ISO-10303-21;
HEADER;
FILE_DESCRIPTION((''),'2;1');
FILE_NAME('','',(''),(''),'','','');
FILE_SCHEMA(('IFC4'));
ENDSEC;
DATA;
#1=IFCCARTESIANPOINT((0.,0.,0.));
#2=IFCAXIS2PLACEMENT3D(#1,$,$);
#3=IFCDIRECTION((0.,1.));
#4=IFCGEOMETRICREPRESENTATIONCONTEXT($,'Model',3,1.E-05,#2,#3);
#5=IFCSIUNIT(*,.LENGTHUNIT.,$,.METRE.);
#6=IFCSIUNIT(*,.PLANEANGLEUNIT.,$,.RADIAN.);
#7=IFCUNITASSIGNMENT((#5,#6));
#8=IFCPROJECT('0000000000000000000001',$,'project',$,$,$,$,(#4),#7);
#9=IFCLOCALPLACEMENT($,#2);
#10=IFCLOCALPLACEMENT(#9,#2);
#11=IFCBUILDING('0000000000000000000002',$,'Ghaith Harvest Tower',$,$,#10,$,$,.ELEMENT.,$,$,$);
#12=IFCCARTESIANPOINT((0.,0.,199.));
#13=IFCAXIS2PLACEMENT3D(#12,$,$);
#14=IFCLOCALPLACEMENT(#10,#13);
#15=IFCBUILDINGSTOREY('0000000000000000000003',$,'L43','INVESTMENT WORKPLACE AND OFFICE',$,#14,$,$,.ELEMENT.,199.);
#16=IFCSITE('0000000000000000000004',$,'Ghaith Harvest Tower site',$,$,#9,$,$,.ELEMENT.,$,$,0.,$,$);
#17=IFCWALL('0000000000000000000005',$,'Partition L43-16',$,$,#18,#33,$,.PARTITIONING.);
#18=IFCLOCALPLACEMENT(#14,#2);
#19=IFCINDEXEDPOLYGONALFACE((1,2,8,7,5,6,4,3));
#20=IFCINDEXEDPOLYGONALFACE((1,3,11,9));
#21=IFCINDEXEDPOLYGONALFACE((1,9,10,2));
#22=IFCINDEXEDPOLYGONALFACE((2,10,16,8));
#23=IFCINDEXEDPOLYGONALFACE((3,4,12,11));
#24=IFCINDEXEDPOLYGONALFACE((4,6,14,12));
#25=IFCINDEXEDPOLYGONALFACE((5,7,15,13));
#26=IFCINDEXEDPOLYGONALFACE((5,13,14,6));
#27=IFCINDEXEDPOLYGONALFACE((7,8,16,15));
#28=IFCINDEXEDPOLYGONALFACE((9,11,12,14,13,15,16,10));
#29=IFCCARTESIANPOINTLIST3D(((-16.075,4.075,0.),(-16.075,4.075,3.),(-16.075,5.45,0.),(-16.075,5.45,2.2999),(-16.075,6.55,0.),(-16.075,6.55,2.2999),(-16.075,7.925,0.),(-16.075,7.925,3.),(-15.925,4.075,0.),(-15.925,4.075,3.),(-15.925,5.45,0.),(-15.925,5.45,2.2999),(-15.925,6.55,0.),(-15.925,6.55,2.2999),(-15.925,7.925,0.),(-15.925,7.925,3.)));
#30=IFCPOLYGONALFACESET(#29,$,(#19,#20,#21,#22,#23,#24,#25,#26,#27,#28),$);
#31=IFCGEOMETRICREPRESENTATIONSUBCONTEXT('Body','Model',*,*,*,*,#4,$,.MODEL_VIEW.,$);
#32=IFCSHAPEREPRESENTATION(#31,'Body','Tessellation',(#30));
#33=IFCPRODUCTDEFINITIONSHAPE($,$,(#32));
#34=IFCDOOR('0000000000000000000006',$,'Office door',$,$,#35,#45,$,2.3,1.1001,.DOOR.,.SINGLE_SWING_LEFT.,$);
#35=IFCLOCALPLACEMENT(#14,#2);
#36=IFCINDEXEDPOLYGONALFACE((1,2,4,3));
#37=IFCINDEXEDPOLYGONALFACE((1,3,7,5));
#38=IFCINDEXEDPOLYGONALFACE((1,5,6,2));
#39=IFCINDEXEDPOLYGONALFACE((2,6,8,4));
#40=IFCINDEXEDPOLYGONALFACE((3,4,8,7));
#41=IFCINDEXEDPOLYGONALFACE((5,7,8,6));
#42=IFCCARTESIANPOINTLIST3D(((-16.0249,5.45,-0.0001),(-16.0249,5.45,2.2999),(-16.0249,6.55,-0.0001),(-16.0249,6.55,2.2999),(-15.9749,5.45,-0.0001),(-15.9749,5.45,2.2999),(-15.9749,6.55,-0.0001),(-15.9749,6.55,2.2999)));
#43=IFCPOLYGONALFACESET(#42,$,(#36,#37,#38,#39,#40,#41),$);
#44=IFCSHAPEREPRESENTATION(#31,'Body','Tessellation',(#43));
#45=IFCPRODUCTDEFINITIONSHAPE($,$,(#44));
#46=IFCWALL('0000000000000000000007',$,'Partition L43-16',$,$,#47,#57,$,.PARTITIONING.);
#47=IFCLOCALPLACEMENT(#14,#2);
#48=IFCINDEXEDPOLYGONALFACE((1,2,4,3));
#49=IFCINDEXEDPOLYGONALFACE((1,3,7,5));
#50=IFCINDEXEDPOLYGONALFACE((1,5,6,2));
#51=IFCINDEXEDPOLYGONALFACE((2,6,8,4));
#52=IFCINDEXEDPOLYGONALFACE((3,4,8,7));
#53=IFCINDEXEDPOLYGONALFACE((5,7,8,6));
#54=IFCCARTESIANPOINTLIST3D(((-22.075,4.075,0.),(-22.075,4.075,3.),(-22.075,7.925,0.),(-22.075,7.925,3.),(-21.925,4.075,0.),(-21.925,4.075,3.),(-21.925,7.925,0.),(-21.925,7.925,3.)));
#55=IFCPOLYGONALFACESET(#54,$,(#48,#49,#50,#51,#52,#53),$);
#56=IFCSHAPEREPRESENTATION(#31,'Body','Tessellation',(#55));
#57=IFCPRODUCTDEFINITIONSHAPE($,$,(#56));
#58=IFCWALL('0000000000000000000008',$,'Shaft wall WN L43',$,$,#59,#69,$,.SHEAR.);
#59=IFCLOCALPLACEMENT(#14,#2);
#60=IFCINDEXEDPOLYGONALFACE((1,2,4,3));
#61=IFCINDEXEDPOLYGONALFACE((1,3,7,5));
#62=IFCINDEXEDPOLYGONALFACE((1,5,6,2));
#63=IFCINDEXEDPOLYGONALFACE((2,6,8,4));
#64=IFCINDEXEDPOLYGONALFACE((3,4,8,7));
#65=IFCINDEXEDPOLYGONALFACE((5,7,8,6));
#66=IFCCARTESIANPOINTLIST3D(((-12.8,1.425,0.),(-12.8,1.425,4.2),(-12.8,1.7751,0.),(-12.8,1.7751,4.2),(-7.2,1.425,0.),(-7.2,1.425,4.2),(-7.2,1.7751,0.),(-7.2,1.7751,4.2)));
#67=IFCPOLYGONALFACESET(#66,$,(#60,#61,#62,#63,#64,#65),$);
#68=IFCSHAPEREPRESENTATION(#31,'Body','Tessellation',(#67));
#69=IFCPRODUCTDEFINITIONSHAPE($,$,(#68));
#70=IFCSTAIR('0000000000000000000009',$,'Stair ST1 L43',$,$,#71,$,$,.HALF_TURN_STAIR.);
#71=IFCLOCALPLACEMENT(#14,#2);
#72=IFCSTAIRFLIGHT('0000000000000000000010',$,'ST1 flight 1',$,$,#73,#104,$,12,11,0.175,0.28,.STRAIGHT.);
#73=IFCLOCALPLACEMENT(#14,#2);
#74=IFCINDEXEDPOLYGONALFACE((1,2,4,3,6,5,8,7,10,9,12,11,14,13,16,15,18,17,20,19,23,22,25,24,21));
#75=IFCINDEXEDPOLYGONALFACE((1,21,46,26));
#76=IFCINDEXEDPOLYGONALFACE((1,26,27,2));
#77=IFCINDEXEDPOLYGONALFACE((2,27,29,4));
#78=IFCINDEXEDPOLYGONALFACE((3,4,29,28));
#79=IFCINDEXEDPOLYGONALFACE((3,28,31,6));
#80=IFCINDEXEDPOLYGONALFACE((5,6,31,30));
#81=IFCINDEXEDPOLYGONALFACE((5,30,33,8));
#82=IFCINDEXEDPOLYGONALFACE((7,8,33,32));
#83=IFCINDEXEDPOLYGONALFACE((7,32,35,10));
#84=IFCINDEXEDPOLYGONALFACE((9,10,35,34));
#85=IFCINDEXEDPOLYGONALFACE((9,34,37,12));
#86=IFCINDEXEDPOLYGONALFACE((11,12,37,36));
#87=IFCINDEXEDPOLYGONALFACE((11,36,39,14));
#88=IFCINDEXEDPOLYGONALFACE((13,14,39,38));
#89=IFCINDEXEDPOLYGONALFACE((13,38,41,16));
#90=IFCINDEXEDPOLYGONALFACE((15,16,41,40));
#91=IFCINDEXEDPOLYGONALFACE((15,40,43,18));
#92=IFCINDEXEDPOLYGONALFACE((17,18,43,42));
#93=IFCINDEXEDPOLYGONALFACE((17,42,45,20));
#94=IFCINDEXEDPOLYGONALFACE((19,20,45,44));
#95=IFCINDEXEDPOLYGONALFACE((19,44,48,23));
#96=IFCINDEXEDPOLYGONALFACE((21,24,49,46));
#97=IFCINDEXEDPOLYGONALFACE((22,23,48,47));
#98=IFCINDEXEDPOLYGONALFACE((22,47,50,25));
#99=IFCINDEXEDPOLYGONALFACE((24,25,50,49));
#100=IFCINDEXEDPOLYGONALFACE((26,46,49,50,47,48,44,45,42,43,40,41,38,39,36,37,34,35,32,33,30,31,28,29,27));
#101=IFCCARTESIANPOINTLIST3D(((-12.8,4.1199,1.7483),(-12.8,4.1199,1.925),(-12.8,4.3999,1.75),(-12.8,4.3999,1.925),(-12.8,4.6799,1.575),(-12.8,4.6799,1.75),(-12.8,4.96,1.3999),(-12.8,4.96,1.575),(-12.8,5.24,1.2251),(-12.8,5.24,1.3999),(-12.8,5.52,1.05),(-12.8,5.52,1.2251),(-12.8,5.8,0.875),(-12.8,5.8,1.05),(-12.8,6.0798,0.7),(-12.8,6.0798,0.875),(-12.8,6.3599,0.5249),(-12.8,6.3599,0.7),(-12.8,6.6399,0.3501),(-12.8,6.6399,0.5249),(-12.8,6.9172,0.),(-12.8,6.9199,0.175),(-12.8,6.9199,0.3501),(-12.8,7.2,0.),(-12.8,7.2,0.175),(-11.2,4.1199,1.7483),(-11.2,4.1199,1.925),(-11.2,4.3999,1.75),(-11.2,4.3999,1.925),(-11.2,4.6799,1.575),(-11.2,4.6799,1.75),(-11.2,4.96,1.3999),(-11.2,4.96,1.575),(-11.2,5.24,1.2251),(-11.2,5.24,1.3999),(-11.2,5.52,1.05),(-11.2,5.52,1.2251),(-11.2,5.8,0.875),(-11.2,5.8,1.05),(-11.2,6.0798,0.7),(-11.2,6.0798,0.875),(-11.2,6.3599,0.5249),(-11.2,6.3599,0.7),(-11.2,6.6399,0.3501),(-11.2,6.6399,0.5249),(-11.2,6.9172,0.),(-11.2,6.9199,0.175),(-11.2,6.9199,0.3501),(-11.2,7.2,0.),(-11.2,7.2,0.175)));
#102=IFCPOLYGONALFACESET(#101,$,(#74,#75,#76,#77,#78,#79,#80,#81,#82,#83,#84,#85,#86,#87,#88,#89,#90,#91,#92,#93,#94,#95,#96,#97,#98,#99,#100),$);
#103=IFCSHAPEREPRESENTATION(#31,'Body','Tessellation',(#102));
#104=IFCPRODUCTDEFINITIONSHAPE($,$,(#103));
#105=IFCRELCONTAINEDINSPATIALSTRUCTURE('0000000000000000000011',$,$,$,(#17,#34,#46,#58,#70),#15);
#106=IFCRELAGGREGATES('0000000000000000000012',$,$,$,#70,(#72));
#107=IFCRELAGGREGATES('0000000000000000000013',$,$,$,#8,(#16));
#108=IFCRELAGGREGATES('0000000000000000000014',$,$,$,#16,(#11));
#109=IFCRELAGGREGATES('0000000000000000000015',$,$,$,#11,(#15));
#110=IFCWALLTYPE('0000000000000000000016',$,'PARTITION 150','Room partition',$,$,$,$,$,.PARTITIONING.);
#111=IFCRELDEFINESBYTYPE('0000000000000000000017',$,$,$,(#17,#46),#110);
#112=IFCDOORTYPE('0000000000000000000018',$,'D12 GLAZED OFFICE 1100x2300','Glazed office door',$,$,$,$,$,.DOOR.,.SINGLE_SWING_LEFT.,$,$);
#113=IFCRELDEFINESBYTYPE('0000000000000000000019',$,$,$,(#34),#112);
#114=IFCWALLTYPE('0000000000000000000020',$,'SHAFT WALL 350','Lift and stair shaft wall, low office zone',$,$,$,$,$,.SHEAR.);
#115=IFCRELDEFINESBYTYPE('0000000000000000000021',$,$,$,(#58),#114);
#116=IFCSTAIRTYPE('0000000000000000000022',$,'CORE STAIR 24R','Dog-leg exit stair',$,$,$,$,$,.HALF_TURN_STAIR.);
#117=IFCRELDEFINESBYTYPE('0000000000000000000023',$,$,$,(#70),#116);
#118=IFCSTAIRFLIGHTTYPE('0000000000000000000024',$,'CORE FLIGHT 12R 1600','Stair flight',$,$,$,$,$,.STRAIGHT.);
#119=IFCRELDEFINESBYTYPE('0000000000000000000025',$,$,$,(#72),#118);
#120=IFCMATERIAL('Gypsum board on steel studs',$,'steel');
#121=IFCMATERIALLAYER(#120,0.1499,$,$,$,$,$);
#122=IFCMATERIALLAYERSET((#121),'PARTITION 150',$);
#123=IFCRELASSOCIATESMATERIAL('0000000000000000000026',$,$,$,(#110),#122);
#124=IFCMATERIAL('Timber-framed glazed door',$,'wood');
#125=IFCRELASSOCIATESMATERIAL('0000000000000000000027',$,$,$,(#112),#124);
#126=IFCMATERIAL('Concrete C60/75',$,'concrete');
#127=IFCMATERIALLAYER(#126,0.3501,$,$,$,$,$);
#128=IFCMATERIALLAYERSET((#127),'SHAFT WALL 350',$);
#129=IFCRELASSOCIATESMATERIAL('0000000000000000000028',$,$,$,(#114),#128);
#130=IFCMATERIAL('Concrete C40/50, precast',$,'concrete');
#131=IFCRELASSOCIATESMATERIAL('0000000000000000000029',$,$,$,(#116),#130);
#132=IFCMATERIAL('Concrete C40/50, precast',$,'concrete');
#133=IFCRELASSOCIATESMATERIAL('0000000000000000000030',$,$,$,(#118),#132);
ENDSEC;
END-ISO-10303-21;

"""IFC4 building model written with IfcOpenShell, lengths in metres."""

from ifc_helpers import new_model, si_unit, direction, frame, frame_2d, origin, place, context, subcontext, project, spatial, polyline, rectangle, outline, extrude, material, layer, layer_set, type_object, element, fill, aggregate, save


model = new_model("IFC4")

# Units and contexts
model_context = context("Model", 3, precision=1e-05, world=origin(), true_north=direction((0.0, 1.0)))
body_context = subcontext(model_context, "Body", "Model", "MODEL_VIEW")
ifc_project = project(units=[si_unit("LENGTHUNIT", "METRE"), si_unit("PLANEANGLEUNIT", "RADIAN")], contexts=[model_context])

# Site, building, storey
site_placement = place(None, origin())
site = spatial("IfcSite", under=ifc_project, at=site_placement, Name="Ghaith Harvest Tower site", CompositionType="ELEMENT", RefElevation=0.0)
building_placement = place(site_placement, origin())
building = spatial("IfcBuilding", under=site, at=building_placement, Name="Ghaith Harvest Tower", CompositionType="ELEMENT")
storey_placement = place(building_placement, frame((0.0, 0.0, 199.0)))
storey = spatial("IfcBuildingStorey", under=building, at=storey_placement, Name="L43", Description="INVESTMENT WORKPLACE AND OFFICE", CompositionType="ELEMENT", Elevation=199.0)

# Shared definitions
ifc_material_1 = material(Name="Gypsum board on steel studs", Category="steel")
ifc_layer_1 = layer(ifc_material_1, 0.1499)
ifc_layer_set_1 = layer_set([ifc_layer_1], Name="PARTITION 150")
wall_type_1 = type_object("IfcWallType", Name="PARTITION 150", Description="Room partition", PredefinedType="PARTITIONING", material=ifc_layer_set_1)

# Shared definitions
ifc_material_2 = material(Name="Timber-framed glazed door", Category="wood")
door_type = type_object("IfcDoorType", Name="D12 GLAZED OFFICE 1100x2300", Description="Glazed office door", OperationType="SINGLE_SWING_LEFT", PredefinedType="DOOR", material=ifc_material_2)

# Wall, opening, door
wall_1_placement = place(storey_placement, frame((-16.0, 4.075, 0.0), z_axis=(0.0, 0.0, 1.0), x_axis=(0.0, 1.0, 0.0)))
wall_1 = element("IfcWall", 1, at=wall_1_placement, inside=storey, type_object=wall_type_1, Name="Partition L43-16", PredefinedType="PARTITIONING", context=body_context, shape_type="SweptSolid", body=[
    extrude(rectangle(XDim=3.8501, YDim=0.1499, at=frame_2d((1.925, 0.0))), origin(), (0.0, 0.0, 1.0), 3.0),
])
opening_1_placement = place(wall_1_placement, frame((1.375, 0.0, 0.0)))
opening_1 = element("IfcOpeningElement", 2, at=opening_1_placement, cuts=wall_1, PredefinedType="OPENING", context=body_context, shape_type="SweptSolid", body=[
    extrude(rectangle(XDim=1.1001, YDim=2.3, at=frame_2d((0.55, 1.1499))), frame((0.0, 0.085, 0.0), z_axis=(0.0, -1.0, 0.0), x_axis=(1.0, 0.0, 0.0)), (0.0, 0.0, 1.0), 0.1699),
])
door_1_placement = place(opening_1_placement, origin())
door_1 = element("IfcDoor", 3, at=door_1_placement, inside=storey, type_object=door_type, Name="Office door", OperationType="SINGLE_SWING_LEFT", OverallHeight=2.3, OverallWidth=1.1001, PredefinedType="DOOR", context=body_context, shape_type="SweptSolid", body=[
    extrude(rectangle(XDim=1.1001, YDim=2.3, at=frame_2d((0.55, 1.1499))), frame((0.0, 0.0249, 0.0), z_axis=(0.0, -1.0, 0.0), x_axis=(1.0, 0.0, 0.0)), (0.0, 0.0, 1.0), 0.05),
])
fill(opening_1, door_1)

# Walls
wall_2_placement = place(storey_placement, frame((-22.0, 4.075, 0.0), z_axis=(0.0, 0.0, 1.0), x_axis=(0.0, 1.0, 0.0)))
element("IfcWall", 4, at=wall_2_placement, inside=storey, type_object=wall_type_1, Name="Partition L43-16", PredefinedType="PARTITIONING", context=body_context, shape_type="SweptSolid", body=[
    extrude(rectangle(XDim=3.8501, YDim=0.1499, at=frame_2d((1.925, 0.0))), origin(), (0.0, 0.0, 1.0), 3.0),
])
ifc_material_3 = material(Name="Concrete C60/75", Category="concrete")
ifc_layer_2 = layer(ifc_material_3, 0.3501)
ifc_layer_set_2 = layer_set([ifc_layer_2], Name="SHAFT WALL 350")
wall_type_2 = type_object("IfcWallType", Name="SHAFT WALL 350", Description="Lift and stair shaft wall, low office zone", PredefinedType="SHEAR", material=ifc_layer_set_2)
wall_3_placement = place(storey_placement, frame((-12.8, 1.6001, 0.0), z_axis=(0.0, 0.0, 1.0), x_axis=(1.0, 0.0, 0.0)))
element("IfcWall", 5, at=wall_3_placement, inside=storey, type_object=wall_type_2, Name="Shaft wall WN L43", PredefinedType="SHEAR", context=body_context, shape_type="SweptSolid", body=[
    extrude(rectangle(XDim=5.6001, YDim=0.3501, at=frame_2d((2.8, 0.0))), origin(), (0.0, 0.0, 1.0), 4.2),
])

# Stair, stair flight
ifc_material_4 = material(Name="Concrete C40/50, precast", Category="concrete")
stair_type = type_object("IfcStairType", Name="CORE STAIR 24R", Description="Dog-leg exit stair", PredefinedType="HALF_TURN_STAIR", material=ifc_material_4)
stair_placement = place(storey_placement, origin())
stair = element("IfcStair", 6, at=stair_placement, inside=storey, type_object=stair_type, Name="Stair ST1 L43", PredefinedType="HALF_TURN_STAIR")
ifc_material_5 = material(Name="Concrete C40/50, precast", Category="concrete")
stair_flight_type = type_object("IfcStairFlightType", Name="CORE FLIGHT 12R 1600", Description="Stair flight", PredefinedType="STRAIGHT", material=ifc_material_5)
stair_flight_placement = place(storey_placement, frame((-12.0, 7.2, 0.0), z_axis=(0.0, 0.0, 1.0), x_axis=(0.0, -1.0, 0.0)))
stair_flight = element("IfcStairFlight", 7, at=stair_flight_placement, type_object=stair_flight_type, Name="ST1 flight 1", NumberOfRisers=12, NumberOfTreads=11, PredefinedType="STRAIGHT", RiserHeight=0.175, TreadLength=0.28, context=body_context, shape_type="SweptSolid", body=[
    extrude(outline(polyline([(0.0, 0.0), (0.0, 0.175), (0.28, 0.175), (0.28, 0.3501), (0.5601, 0.3501), (0.5601, 0.5249), (0.8401, 0.5249), (0.8401, 0.7), (1.1201, 0.7), (1.1201, 0.875), (1.3999, 0.875), (1.3999, 1.05), (1.6799, 1.05), (1.6799, 1.2251), (1.96, 1.2251), (1.96, 1.3999), (2.24, 1.3999), (2.24, 1.575), (2.52, 1.575), (2.52, 1.75), (2.8, 1.75), (2.8, 1.925), (3.0801, 1.925), (3.0801, 2.1001), (3.0801, 1.7483), (0.2827, 0.0), (0.0, 0.0)])), frame((0.0, 0.8, 0.0), z_axis=(0.0, -1.0, 0.0), x_axis=(1.0, 0.0, 0.0)), (0.0, 0.0, 1.0), 1.6001),
])
aggregate(stair, [stair_flight])

save(model, "model.ifc")
